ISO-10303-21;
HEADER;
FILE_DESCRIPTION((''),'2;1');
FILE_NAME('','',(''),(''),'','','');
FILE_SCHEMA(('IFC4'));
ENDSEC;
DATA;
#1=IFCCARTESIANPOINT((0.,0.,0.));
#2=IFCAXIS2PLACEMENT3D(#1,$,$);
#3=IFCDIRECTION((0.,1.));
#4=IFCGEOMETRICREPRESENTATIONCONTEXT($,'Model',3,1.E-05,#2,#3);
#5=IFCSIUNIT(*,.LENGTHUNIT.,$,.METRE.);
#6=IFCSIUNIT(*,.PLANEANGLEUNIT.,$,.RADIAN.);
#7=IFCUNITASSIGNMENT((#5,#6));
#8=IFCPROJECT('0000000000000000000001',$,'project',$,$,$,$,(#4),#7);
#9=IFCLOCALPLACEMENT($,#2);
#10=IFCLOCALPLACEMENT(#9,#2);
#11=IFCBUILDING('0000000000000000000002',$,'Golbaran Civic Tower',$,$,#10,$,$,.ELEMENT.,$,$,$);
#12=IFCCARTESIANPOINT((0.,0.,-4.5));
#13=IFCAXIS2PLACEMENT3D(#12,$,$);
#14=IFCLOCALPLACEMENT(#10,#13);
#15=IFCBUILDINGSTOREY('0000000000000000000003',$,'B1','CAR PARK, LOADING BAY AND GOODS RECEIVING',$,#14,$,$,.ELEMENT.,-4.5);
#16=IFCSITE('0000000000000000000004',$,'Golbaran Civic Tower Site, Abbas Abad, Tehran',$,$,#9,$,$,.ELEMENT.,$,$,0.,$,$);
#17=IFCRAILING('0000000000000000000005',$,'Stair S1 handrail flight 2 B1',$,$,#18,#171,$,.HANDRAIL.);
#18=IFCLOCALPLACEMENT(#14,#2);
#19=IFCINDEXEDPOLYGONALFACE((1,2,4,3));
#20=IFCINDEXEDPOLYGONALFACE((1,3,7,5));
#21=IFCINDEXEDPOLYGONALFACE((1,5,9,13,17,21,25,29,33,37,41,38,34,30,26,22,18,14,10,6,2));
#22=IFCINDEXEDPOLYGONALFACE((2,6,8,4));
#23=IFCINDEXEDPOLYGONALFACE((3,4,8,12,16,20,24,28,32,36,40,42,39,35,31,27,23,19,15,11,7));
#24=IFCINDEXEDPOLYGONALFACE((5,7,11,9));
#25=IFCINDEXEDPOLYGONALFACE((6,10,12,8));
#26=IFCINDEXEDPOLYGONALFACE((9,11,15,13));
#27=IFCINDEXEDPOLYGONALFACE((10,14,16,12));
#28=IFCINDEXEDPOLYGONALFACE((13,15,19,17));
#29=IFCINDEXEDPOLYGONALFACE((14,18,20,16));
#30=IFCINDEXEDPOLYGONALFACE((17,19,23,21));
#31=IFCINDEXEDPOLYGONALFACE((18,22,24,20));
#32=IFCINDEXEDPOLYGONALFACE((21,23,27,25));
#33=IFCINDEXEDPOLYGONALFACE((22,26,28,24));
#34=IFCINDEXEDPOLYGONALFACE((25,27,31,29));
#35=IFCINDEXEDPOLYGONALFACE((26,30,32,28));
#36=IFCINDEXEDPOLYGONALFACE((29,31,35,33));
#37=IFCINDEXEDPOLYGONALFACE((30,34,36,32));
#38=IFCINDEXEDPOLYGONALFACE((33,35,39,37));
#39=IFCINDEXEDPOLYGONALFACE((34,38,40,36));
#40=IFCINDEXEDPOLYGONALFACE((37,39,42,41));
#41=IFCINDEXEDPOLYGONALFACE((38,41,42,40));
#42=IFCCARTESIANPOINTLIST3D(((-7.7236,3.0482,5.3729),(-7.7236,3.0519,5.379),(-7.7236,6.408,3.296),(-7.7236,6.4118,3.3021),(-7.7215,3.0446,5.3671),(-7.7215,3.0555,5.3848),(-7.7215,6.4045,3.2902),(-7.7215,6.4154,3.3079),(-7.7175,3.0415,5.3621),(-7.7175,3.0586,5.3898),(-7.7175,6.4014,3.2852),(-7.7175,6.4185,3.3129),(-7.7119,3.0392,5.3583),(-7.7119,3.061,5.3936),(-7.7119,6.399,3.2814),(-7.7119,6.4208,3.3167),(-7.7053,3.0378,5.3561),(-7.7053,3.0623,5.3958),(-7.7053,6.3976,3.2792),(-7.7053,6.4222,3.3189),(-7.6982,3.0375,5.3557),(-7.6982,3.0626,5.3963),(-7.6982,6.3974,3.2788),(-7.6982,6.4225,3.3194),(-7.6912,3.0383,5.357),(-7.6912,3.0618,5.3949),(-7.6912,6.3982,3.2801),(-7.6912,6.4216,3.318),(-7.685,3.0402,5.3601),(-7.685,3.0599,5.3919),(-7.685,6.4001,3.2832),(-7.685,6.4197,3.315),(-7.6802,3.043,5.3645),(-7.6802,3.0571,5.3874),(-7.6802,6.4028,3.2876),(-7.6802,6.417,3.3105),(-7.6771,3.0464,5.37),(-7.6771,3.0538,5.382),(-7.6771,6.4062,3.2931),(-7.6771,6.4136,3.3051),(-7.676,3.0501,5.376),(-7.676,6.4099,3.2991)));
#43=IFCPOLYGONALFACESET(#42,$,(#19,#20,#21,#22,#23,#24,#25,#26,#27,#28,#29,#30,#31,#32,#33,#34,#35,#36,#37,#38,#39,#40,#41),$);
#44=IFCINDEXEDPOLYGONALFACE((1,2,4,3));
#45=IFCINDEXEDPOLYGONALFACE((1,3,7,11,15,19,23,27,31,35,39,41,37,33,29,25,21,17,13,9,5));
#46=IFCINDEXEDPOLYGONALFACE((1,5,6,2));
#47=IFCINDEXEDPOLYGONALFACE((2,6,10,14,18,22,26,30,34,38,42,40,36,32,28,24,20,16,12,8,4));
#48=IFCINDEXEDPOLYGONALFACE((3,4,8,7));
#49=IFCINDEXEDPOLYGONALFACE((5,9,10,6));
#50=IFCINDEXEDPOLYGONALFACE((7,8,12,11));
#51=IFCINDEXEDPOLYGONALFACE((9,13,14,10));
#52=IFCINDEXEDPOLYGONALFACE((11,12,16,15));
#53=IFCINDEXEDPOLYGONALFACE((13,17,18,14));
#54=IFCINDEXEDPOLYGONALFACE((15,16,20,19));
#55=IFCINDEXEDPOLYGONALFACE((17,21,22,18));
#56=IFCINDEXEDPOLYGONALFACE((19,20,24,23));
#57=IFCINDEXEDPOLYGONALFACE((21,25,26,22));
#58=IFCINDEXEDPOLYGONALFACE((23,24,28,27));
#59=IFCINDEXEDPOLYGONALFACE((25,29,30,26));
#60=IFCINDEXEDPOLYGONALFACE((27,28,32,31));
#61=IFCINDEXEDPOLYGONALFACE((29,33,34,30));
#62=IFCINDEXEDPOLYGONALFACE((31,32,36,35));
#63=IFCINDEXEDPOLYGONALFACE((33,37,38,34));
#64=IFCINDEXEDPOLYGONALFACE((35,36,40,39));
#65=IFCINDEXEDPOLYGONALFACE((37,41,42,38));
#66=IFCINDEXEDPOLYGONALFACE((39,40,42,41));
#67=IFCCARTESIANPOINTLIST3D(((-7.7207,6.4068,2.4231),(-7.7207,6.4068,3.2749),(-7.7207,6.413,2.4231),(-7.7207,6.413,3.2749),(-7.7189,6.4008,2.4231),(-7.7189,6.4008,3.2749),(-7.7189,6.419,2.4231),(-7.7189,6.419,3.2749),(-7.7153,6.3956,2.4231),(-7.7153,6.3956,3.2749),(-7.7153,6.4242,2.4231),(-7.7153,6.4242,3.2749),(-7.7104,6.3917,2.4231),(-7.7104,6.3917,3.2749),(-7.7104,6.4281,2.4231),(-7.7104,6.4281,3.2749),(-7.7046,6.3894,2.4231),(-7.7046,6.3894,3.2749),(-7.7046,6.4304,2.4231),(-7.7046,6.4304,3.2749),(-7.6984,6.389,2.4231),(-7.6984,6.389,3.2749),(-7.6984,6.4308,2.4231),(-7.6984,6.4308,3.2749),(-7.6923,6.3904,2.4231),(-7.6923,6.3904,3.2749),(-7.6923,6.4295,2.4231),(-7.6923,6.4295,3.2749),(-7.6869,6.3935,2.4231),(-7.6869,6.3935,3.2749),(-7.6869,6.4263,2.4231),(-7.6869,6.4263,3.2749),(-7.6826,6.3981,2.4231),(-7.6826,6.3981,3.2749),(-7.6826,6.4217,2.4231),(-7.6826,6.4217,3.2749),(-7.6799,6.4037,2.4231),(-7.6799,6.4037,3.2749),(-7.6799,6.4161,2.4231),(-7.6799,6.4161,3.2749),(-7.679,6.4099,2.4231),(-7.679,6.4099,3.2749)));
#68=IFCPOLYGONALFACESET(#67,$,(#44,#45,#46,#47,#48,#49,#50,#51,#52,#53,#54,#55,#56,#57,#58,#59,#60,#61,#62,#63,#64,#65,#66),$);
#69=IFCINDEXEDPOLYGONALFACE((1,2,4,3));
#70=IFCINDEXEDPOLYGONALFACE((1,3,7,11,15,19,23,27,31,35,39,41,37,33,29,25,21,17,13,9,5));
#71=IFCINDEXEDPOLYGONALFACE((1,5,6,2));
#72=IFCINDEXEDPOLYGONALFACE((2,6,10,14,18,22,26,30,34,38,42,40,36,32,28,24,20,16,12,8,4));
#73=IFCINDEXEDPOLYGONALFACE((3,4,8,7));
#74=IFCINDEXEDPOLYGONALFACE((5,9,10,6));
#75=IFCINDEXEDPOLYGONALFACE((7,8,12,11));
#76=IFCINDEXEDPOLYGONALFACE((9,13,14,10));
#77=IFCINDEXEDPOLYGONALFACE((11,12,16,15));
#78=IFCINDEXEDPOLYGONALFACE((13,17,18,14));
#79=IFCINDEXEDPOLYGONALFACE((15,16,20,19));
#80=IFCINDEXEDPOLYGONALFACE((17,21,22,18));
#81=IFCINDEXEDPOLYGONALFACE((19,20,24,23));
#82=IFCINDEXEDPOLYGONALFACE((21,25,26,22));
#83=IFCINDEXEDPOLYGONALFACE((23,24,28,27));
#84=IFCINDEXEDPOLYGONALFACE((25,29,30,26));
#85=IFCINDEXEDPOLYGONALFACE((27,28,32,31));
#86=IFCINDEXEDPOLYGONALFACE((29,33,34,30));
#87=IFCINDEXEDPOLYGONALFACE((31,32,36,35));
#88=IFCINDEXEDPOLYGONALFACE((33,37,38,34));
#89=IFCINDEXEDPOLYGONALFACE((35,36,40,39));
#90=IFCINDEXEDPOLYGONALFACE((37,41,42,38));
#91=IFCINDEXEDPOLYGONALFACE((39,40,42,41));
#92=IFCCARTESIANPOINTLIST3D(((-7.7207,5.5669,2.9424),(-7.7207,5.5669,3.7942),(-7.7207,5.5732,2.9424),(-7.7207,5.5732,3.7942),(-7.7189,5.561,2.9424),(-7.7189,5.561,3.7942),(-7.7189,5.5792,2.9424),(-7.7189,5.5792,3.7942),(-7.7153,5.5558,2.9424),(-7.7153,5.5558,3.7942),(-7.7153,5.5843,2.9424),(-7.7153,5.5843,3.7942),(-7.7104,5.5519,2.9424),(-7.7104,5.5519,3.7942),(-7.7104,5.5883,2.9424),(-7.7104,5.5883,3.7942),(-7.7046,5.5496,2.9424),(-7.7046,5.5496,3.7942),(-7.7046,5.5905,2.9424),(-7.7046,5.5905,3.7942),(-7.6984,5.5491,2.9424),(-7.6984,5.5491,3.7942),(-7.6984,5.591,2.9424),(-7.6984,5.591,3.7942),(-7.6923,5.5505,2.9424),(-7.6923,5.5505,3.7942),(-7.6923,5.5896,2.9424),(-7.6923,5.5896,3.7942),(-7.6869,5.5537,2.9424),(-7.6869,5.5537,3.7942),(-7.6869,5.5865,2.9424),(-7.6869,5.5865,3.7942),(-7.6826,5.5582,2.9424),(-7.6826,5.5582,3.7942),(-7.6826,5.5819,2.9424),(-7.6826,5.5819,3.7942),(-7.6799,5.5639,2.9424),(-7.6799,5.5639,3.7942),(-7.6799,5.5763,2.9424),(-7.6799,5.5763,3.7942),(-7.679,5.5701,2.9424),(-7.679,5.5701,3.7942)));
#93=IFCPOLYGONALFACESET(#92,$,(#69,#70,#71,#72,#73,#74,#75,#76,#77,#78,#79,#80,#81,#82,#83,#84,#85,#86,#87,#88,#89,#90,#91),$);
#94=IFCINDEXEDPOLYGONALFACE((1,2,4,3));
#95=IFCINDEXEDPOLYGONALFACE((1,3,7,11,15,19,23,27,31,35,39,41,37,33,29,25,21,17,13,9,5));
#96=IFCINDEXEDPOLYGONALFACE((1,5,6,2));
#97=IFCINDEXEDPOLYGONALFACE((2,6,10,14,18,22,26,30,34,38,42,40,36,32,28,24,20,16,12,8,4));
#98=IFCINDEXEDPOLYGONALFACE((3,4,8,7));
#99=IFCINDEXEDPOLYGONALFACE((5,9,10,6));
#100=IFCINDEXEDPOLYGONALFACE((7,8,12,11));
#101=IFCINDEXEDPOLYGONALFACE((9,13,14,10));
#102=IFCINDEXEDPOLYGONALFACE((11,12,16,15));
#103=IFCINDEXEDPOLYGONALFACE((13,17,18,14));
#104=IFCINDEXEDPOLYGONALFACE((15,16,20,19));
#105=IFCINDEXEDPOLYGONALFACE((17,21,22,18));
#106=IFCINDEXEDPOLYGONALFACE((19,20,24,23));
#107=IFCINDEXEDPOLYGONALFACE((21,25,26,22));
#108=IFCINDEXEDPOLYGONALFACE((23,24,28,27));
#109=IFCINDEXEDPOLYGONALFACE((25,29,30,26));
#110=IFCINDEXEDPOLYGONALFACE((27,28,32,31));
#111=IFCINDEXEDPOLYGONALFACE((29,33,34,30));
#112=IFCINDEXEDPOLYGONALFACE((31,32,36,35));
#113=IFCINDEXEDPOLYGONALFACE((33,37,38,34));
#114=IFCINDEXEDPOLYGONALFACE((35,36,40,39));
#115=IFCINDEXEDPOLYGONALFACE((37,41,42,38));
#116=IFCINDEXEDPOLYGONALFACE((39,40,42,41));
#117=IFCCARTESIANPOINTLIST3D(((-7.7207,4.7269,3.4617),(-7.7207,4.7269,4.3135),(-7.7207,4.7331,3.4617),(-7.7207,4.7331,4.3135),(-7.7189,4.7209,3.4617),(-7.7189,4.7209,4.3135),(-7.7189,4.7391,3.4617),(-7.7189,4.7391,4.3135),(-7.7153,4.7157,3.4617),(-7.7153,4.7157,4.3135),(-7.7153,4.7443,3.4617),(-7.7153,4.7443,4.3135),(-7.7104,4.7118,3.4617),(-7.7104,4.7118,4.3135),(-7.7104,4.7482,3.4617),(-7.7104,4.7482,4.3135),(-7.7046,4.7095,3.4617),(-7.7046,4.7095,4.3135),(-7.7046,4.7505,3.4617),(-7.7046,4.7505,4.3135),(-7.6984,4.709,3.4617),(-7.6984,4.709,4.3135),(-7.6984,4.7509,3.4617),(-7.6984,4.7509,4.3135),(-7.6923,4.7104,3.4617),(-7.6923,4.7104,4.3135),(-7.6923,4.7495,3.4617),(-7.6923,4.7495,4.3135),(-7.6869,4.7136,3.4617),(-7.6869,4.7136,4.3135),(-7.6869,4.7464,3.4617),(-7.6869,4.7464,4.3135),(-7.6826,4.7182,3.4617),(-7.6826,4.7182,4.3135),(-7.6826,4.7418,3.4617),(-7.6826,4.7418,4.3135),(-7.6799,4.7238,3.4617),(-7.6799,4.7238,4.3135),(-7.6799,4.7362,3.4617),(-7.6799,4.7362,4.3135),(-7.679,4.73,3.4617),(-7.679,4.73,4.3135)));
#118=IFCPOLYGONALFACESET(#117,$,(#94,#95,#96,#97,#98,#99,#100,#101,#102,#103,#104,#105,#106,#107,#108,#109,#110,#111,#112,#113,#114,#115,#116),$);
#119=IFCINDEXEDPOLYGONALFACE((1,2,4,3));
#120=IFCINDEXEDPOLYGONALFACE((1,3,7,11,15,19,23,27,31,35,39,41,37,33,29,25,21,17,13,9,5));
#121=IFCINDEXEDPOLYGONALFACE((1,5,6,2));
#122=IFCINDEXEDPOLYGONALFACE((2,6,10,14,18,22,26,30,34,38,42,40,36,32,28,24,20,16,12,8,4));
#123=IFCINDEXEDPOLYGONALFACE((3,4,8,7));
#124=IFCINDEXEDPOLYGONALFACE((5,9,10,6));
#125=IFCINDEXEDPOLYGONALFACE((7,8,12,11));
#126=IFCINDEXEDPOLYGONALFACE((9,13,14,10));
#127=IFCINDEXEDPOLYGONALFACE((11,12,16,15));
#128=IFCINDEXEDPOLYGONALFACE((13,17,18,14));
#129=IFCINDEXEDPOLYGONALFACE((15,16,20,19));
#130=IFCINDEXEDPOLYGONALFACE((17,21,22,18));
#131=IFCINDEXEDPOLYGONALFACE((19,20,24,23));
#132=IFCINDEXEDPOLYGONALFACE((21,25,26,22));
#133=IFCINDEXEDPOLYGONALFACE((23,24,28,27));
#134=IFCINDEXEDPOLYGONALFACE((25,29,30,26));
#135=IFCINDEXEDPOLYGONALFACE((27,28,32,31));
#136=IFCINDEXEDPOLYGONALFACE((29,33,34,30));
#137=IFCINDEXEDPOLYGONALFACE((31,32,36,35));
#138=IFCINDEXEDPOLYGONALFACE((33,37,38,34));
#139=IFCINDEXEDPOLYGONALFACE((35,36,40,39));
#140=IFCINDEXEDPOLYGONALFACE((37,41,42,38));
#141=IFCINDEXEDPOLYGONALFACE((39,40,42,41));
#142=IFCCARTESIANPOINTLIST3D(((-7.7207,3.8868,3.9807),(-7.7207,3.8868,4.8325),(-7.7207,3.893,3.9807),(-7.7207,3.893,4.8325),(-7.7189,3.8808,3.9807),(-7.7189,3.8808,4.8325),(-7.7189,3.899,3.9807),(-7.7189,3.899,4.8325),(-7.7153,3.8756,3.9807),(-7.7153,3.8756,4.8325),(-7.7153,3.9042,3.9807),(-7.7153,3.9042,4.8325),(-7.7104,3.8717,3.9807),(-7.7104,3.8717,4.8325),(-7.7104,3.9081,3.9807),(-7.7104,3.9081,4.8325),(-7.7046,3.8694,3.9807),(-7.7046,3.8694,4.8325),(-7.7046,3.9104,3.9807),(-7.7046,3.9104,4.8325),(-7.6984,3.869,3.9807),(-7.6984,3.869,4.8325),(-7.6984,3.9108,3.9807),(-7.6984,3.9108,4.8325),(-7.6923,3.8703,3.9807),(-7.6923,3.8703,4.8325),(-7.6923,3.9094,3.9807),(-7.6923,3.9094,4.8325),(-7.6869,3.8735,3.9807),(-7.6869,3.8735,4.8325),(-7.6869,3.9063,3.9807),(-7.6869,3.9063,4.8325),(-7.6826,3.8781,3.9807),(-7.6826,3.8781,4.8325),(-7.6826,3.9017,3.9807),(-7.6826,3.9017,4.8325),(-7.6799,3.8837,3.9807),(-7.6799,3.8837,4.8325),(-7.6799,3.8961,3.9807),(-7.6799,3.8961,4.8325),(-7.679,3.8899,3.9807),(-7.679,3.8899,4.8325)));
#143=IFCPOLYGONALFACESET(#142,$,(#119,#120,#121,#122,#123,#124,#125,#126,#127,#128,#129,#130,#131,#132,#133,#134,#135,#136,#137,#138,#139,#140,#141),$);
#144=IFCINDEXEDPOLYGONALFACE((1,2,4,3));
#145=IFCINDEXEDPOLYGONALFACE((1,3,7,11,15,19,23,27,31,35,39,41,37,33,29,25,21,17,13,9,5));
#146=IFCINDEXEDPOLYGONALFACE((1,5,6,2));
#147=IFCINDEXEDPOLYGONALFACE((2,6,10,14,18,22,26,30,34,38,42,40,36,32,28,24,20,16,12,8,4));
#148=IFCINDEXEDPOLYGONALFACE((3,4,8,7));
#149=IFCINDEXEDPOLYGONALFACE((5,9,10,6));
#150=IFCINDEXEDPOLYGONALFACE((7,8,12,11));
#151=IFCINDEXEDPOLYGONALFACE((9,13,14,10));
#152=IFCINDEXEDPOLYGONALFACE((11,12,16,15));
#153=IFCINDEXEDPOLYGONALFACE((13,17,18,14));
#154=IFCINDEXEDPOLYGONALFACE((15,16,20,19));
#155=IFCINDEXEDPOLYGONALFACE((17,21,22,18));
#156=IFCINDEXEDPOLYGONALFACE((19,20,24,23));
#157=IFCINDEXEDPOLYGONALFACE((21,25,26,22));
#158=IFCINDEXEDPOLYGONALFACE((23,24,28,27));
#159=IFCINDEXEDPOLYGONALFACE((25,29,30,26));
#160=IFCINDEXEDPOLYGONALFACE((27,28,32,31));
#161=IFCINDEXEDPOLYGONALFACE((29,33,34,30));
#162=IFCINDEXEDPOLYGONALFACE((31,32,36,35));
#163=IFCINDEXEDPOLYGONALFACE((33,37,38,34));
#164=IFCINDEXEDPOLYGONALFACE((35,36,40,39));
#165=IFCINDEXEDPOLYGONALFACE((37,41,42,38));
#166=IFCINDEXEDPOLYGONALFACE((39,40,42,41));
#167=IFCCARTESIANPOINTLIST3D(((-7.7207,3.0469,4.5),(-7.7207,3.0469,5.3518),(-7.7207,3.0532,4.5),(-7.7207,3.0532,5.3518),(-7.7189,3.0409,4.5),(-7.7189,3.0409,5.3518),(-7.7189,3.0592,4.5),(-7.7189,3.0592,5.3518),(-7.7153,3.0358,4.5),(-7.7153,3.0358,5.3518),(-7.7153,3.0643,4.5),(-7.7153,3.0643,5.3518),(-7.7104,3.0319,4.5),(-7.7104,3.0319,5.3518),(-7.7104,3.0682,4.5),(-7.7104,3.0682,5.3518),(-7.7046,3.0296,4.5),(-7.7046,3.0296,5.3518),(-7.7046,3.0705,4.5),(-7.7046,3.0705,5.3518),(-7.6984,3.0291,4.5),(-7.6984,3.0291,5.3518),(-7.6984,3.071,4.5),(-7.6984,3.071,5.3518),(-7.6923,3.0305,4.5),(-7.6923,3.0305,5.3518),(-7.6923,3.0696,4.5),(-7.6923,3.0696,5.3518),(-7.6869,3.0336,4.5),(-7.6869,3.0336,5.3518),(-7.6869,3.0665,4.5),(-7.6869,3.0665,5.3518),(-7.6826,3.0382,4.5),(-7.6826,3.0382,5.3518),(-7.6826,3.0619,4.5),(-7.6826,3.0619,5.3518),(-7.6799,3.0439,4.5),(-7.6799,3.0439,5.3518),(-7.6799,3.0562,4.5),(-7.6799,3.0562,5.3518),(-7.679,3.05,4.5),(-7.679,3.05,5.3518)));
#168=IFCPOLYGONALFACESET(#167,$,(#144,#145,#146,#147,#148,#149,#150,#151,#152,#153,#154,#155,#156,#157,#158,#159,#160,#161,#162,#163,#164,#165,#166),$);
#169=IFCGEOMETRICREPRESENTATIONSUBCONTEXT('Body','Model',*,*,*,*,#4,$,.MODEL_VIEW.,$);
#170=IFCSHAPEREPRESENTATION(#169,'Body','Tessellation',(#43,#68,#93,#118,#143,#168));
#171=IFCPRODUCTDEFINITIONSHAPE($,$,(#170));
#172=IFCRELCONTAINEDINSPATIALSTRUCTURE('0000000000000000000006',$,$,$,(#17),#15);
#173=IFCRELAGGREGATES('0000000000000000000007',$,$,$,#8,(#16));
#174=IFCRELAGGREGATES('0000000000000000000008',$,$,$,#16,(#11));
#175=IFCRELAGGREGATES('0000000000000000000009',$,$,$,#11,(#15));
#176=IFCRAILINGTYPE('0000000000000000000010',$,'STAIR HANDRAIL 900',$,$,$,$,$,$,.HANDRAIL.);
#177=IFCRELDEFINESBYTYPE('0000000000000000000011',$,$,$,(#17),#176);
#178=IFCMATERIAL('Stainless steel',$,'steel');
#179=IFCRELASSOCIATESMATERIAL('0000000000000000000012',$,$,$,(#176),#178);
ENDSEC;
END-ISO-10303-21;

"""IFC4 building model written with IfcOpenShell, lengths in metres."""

from ifc_helpers import new_model, si_unit, direction, frame, origin, origin_2d, place, context, subcontext, project, spatial, circle, extrude, material, type_object, element, save


model = new_model("IFC4")

# Units and contexts
model_context = context("Model", 3, precision=1e-05, world=origin(), true_north=direction((0.0, 1.0)))
body_context = subcontext(model_context, "Body", "Model", "MODEL_VIEW")
ifc_project = project(units=[si_unit("LENGTHUNIT", "METRE"), si_unit("PLANEANGLEUNIT", "RADIAN")], contexts=[model_context])

# Site, building, storey
site_placement = place(None, origin())
site = spatial("IfcSite", under=ifc_project, at=site_placement, Name="Golbaran Civic Tower Site, Abbas Abad, Tehran", CompositionType="ELEMENT", RefElevation=0.0)
building_placement = place(site_placement, origin())
building = spatial("IfcBuilding", under=site, at=building_placement, Name="Golbaran Civic Tower", CompositionType="ELEMENT")
storey_placement = place(building_placement, frame((0.0, 0.0, -4.5)))
storey = spatial("IfcBuildingStorey", under=building, at=storey_placement, Name="B1", Description="CAR PARK, LOADING BAY AND GOODS RECEIVING", CompositionType="ELEMENT", Elevation=-4.5)

# Railing
ifc_material_1 = material(Name="Stainless steel", Category="steel")
railing_type = type_object("IfcRailingType", Name="STAIR HANDRAIL 900", PredefinedType="HANDRAIL", material=ifc_material_1)
railing_1_placement = place(storey_placement, frame((-7.7, 6.4099, 2.4231)))
element("IfcRailing", 1, at=railing_1_placement, inside=storey, type_object=railing_type, Name="Stair S1 handrail flight 2 B1", PredefinedType="HANDRAIL", context=body_context, shape_type="SweptSolid", body=[
    extrude(circle(Radius=0.0239, at=origin_2d()), frame((0.0, 0.0, 0.876), z_axis=(0.0, -0.850606, 0.525803), x_axis=(1.0, 0.0, 0.0)), (0.0, 0.0, 1.0), 3.95),
    extrude(circle(Radius=0.021, at=origin_2d()), origin(), (0.0, 0.0, 1.0), 0.8518),
    extrude(circle(Radius=0.021, at=origin_2d()), frame((0.0, -0.8398, 0.5193)), (0.0, 0.0, 1.0), 0.8518),
    extrude(circle(Radius=0.021, at=origin_2d()), frame((0.0, -1.6799, 1.0386)), (0.0, 0.0, 1.0), 0.8518),
    extrude(circle(Radius=0.021, at=origin_2d()), frame((0.0, -2.52, 1.5576)), (0.0, 0.0, 1.0), 0.8518),
    extrude(circle(Radius=0.021, at=origin_2d()), frame((0.0, -3.3599, 2.0769)), (0.0, 0.0, 1.0), 0.8518),
])

save(model, "model.ifc")
